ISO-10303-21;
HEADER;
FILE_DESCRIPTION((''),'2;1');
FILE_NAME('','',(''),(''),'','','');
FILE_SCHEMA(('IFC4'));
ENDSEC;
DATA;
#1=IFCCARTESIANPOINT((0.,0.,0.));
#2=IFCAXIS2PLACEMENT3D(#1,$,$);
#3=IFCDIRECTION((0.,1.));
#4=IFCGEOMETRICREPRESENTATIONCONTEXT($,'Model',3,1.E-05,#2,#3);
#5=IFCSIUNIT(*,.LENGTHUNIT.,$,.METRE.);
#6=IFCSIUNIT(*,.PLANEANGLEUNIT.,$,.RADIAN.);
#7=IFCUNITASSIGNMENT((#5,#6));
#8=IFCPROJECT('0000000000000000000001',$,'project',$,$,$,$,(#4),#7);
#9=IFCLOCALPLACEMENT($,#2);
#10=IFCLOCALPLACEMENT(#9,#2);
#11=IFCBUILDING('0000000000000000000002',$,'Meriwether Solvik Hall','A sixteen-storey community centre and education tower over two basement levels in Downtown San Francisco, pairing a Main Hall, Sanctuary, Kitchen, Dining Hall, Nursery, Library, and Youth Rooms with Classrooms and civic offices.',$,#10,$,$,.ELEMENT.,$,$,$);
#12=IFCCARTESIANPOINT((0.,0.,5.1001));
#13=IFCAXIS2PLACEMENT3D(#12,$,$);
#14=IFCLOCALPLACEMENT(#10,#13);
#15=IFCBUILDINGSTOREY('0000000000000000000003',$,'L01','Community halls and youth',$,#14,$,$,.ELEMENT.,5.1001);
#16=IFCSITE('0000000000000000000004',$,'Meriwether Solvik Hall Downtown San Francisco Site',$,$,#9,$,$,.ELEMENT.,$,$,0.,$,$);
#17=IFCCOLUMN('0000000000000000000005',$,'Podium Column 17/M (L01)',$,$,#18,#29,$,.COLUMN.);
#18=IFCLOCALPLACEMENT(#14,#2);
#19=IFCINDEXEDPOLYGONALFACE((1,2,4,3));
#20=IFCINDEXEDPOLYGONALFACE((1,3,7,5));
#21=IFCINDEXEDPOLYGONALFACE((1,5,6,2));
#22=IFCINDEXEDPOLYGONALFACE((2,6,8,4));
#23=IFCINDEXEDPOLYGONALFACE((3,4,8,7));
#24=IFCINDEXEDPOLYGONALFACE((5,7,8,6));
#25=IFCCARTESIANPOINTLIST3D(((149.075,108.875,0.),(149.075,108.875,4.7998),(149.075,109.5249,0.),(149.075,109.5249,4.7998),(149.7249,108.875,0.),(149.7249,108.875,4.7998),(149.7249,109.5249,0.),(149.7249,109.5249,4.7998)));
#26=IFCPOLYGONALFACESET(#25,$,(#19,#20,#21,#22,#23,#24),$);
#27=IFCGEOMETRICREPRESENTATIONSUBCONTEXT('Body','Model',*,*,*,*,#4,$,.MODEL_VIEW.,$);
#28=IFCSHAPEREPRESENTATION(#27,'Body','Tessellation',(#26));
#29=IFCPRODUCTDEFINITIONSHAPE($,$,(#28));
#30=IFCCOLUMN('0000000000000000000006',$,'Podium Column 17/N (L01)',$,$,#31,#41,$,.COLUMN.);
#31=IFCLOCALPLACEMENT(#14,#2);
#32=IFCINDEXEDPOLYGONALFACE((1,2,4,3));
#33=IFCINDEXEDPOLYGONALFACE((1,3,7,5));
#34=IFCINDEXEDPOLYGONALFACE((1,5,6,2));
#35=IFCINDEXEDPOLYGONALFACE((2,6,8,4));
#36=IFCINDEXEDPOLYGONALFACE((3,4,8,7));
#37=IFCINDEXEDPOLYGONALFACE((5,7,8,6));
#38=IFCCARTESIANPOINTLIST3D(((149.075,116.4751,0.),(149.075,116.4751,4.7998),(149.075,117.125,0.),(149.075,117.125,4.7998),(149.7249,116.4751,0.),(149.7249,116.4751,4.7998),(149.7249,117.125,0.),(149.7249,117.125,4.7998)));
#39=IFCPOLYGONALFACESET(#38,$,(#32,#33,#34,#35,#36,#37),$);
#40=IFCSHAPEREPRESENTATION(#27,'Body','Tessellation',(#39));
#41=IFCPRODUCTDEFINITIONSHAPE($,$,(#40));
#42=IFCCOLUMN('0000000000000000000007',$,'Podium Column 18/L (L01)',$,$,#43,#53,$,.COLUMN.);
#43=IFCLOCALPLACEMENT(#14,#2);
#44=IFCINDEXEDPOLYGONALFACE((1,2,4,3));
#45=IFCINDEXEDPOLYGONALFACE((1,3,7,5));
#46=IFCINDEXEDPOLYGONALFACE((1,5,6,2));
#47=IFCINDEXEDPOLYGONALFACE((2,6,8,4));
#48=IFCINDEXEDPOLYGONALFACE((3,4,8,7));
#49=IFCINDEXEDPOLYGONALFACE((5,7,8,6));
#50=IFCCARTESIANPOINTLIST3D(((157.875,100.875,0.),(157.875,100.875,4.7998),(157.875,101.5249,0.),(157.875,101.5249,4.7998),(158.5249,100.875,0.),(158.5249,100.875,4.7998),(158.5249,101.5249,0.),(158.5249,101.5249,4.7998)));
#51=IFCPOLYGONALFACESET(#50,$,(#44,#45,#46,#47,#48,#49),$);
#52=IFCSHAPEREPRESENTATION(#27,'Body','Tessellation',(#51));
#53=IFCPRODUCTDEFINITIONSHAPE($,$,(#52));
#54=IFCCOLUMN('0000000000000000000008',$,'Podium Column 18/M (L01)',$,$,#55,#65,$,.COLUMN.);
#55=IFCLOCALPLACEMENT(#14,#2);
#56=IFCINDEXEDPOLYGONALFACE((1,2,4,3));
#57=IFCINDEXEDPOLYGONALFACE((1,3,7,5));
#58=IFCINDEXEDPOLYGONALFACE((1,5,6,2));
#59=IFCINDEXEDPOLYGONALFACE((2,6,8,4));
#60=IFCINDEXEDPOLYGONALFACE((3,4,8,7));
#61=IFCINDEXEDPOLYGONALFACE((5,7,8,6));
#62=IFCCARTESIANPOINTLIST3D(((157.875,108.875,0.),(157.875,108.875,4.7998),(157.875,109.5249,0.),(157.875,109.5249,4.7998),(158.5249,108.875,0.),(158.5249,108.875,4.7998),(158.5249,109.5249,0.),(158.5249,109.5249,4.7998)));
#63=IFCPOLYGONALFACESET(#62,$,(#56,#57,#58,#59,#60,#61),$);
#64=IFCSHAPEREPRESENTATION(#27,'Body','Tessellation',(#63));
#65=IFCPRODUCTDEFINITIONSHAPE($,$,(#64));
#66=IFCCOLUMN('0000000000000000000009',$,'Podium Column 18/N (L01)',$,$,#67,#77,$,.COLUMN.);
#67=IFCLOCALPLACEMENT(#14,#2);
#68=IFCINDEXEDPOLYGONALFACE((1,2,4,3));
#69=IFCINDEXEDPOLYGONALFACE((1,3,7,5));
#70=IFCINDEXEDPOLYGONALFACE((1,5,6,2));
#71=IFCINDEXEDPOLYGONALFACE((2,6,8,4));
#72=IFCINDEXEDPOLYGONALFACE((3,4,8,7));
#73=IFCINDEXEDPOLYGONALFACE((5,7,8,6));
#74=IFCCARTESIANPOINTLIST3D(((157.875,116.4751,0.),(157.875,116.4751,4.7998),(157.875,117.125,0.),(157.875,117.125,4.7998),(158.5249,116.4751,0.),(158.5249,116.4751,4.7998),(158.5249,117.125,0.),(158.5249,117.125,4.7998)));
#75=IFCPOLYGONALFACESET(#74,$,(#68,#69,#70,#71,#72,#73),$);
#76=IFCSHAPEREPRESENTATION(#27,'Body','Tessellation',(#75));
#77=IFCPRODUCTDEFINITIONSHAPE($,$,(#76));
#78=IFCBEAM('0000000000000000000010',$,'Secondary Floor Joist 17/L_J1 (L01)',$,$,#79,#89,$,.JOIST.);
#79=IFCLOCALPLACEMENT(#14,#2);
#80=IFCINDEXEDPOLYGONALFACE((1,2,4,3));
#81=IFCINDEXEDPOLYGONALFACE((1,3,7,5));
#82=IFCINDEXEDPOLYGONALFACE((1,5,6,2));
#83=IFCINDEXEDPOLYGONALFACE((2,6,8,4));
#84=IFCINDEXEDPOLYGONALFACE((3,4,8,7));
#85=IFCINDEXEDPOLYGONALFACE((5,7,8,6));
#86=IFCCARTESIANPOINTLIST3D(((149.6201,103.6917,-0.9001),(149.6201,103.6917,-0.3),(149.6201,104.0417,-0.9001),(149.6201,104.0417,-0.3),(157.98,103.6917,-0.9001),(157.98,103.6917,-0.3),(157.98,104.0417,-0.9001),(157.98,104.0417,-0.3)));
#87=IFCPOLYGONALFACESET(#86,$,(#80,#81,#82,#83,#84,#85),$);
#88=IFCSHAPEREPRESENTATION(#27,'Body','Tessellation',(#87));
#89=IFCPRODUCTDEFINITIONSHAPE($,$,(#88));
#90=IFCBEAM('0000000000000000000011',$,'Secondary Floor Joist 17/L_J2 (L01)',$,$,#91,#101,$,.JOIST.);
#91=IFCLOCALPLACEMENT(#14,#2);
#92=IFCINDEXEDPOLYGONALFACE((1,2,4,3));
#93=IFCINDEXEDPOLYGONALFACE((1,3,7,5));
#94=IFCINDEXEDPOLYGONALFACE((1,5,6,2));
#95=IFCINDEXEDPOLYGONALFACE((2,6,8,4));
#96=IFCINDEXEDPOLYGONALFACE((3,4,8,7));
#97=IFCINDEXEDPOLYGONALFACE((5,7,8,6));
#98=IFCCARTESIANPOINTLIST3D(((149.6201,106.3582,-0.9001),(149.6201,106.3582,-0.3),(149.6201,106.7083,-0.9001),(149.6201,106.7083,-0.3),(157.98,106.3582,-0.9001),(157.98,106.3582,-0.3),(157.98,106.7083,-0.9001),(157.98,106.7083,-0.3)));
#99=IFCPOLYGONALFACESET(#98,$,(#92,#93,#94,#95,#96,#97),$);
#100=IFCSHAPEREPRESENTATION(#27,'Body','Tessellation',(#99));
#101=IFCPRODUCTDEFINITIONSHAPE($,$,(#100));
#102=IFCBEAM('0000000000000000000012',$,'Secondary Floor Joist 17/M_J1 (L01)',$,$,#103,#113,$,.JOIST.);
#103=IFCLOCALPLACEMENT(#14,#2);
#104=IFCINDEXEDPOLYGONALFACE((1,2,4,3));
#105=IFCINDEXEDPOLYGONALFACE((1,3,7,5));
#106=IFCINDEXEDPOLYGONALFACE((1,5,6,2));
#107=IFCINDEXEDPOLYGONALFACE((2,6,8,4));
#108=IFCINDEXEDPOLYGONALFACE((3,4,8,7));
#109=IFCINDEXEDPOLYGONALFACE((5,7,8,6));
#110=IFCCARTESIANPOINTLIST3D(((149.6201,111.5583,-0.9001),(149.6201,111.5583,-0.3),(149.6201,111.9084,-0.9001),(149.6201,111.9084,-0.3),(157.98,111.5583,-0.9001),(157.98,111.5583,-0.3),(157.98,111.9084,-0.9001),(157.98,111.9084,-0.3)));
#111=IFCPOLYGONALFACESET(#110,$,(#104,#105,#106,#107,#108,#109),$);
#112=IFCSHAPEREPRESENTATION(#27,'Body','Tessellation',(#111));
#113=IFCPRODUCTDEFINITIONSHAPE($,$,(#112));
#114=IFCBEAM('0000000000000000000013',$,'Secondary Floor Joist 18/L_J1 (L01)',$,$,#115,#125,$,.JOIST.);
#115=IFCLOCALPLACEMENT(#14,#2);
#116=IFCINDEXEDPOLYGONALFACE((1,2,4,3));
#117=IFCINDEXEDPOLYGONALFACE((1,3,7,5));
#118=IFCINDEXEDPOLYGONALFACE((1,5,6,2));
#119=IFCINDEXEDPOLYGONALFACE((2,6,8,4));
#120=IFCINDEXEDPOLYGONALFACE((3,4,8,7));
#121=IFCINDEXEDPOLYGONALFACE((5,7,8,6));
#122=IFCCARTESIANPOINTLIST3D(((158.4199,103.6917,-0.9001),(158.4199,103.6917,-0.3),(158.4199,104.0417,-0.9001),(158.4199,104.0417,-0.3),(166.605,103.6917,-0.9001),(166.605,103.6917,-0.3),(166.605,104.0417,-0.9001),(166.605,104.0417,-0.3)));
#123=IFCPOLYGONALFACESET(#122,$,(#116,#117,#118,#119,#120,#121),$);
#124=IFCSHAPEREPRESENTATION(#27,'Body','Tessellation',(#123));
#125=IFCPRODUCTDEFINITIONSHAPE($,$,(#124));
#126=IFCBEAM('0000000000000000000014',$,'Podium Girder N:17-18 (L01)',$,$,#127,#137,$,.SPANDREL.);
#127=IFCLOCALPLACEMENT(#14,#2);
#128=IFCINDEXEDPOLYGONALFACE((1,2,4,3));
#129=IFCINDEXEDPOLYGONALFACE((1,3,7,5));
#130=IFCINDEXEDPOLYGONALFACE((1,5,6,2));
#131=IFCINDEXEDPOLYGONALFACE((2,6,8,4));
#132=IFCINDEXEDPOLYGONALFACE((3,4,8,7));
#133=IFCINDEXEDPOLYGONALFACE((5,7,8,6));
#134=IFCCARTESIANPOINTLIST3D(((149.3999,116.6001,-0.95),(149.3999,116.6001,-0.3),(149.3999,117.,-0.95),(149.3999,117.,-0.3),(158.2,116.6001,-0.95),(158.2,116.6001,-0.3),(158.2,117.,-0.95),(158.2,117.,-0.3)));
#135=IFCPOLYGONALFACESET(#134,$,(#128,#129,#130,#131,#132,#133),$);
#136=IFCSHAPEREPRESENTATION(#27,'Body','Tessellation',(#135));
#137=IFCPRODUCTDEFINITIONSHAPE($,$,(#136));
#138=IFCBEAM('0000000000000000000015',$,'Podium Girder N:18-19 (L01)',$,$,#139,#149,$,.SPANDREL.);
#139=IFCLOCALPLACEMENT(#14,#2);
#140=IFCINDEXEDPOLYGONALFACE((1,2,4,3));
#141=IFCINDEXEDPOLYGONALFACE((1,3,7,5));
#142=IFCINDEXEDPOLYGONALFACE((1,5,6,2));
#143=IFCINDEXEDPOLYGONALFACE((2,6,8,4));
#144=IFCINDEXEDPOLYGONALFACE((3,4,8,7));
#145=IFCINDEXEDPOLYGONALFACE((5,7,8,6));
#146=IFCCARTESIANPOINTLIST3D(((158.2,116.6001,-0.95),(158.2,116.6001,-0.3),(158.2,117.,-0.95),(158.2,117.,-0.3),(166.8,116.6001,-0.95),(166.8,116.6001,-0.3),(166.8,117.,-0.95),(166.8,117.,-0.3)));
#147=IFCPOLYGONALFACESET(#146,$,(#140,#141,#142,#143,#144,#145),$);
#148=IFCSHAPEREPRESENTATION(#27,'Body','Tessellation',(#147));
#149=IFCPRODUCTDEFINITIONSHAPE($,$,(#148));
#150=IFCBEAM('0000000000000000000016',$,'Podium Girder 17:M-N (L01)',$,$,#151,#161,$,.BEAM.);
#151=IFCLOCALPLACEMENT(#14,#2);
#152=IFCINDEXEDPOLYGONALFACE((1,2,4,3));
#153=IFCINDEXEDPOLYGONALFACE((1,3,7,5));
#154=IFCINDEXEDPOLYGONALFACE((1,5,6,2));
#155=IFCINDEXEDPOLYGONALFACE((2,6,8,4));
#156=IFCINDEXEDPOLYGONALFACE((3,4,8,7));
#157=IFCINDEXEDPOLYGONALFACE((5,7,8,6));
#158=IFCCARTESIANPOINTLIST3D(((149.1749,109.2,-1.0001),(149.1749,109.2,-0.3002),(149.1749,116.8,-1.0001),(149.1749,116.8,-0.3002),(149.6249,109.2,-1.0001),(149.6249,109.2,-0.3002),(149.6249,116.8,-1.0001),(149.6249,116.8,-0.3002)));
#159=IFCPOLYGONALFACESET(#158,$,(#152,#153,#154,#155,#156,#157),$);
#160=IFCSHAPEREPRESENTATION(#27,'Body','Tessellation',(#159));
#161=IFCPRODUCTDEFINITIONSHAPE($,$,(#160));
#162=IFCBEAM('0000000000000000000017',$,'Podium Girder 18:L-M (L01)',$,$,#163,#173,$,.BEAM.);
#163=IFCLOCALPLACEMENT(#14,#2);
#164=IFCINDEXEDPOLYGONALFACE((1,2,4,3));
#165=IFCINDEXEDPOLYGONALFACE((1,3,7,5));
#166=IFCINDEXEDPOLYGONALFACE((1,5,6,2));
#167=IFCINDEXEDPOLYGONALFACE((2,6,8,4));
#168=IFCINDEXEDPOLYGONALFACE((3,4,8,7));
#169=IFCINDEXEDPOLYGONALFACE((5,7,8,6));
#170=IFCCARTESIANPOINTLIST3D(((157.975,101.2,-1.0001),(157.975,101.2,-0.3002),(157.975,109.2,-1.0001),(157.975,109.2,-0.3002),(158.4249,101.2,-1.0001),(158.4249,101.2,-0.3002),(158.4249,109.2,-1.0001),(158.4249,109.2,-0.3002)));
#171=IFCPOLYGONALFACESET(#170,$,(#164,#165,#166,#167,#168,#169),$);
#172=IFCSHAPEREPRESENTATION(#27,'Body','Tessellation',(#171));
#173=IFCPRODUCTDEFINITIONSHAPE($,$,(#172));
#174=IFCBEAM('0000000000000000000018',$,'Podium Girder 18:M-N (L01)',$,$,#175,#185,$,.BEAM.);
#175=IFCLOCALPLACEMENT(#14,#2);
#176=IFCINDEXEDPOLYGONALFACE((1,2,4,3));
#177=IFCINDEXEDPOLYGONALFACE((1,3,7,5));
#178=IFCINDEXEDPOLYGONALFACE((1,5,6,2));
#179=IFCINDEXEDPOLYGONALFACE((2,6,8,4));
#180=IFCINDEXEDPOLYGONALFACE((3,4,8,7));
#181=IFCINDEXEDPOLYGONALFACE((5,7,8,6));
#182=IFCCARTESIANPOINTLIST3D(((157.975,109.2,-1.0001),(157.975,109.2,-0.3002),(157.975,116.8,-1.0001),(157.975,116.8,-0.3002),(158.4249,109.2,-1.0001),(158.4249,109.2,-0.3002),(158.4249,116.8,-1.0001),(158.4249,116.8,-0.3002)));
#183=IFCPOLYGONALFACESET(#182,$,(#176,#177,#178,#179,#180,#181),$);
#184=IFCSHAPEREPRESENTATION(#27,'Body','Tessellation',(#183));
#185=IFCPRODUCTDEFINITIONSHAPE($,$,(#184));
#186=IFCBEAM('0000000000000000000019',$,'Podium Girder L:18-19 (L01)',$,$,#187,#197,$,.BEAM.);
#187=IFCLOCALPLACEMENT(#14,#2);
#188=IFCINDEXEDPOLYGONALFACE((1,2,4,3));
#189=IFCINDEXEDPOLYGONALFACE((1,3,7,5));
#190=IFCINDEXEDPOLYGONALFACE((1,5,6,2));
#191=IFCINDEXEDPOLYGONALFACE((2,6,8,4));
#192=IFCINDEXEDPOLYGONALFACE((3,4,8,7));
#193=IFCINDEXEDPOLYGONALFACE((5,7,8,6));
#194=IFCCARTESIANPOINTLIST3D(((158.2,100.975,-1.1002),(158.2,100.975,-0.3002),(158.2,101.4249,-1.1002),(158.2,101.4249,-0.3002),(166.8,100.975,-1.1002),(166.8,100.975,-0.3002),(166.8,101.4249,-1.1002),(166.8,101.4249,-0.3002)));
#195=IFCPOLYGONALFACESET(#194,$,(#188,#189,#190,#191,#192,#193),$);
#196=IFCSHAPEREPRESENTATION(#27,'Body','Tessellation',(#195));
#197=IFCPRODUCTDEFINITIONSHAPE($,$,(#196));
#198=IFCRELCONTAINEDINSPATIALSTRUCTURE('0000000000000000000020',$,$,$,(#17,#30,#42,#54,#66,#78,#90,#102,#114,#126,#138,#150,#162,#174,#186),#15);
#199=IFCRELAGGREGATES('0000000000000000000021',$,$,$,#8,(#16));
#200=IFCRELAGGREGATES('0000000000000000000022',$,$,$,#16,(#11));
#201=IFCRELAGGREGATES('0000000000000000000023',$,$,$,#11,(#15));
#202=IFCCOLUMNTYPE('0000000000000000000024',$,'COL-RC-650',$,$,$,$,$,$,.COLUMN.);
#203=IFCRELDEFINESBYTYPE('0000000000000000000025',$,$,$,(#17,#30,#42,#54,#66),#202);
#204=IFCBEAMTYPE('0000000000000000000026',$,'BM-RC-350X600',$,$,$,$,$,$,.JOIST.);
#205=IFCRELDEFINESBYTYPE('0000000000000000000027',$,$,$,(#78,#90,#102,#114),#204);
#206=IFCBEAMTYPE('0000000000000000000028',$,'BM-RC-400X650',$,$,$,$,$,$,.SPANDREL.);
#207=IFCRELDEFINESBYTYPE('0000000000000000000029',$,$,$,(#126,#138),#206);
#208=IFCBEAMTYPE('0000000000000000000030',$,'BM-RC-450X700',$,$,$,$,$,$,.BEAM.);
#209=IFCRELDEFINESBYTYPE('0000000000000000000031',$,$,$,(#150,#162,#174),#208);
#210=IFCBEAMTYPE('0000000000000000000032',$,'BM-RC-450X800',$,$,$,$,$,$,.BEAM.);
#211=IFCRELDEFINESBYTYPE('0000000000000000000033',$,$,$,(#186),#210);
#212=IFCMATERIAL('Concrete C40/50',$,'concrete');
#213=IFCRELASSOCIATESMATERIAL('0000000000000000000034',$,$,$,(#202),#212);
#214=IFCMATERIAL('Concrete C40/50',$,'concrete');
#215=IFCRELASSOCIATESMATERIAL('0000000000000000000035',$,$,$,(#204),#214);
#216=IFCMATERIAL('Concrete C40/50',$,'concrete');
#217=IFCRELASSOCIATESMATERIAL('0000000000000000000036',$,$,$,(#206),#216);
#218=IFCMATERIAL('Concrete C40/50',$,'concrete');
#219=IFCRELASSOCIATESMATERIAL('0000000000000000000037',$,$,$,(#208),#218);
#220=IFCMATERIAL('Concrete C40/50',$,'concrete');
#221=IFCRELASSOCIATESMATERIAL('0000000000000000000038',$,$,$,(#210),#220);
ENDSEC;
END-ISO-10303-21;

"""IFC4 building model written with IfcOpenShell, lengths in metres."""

from ifc_helpers import new_model, si_unit, direction, frame, origin, origin_2d, place, context, subcontext, project, spatial, rectangle, extrude, material, material_profile, profile_set, type_object, element, save


model = new_model("IFC4")

# Units and contexts
model_context = context("Model", 3, precision=1e-05, world=origin(), true_north=direction((0.0, 1.0)))
body_context = subcontext(model_context, "Body", "Model", "MODEL_VIEW")
ifc_project = project(units=[si_unit("LENGTHUNIT", "METRE"), si_unit("PLANEANGLEUNIT", "RADIAN")], contexts=[model_context])

# Site, building, storey
site_placement = place(None, origin())
site = spatial("IfcSite", under=ifc_project, at=site_placement, Name="Meriwether Solvik Hall Downtown San Francisco Site", CompositionType="ELEMENT", RefElevation=0.0)
building_placement = place(site_placement, origin())
building = spatial("IfcBuilding", under=site, at=building_placement, Name="Meriwether Solvik Hall", Description="A sixteen-storey community centre and education tower over two basement levels in Downtown San Francisco, pairing a Main Hall, Sanctuary, Kitchen, Dining Hall, Nursery, Library, and Youth Rooms with Classrooms and civic offices.", CompositionType="ELEMENT")
storey_placement = place(building_placement, frame((0.0, 0.0, 5.1001)))
storey = spatial("IfcBuildingStorey", under=building, at=storey_placement, Name="L01", Description="Community halls and youth", CompositionType="ELEMENT", Elevation=5.1001)

# Columns
ifc_material_1 = material(Name="Concrete C40/50", Category="concrete")
ifc_material_profile_1 = material_profile(ifc_material_1, rectangle(XDim=0.6499, YDim=0.6499, at=origin_2d()), Name="RCC-650X650")
ifc_profile_set_1 = profile_set([ifc_material_profile_1], Name="Concrete C40/50")
column_type = type_object("IfcColumnType", Name="COL-RC-650", PredefinedType="COLUMN", material=ifc_profile_set_1)
for number, where, z_axis, x_axis, name in (
    (1, (149.3999, 109.2, 0.0), (0.0, 0.0, 1.0), (1.0, 0.0, 0.0), "Podium Column 17/M (L01)"),
    (2, (149.3999, 116.8, 0.0), (0.0, 0.0, 1.0), (1.0, 0.0, 0.0), "Podium Column 17/N (L01)"),
    (3, (158.2, 101.2, 0.0), (0.0, 0.0, 1.0), (1.0, 0.0, 0.0), "Podium Column 18/L (L01)"),
    (4, (158.2, 109.2, 0.0), (0.0, 0.0, 1.0), (1.0, 0.0, 0.0), "Podium Column 18/M (L01)"),
    (5, (158.2, 116.8, 0.0), (0.0, 0.0, 1.0), (1.0, 0.0, 0.0), "Podium Column 18/N (L01)"),
):
    element("IfcColumn", number, at=place(storey_placement, frame(where, z_axis=z_axis, x_axis=x_axis)), inside=storey, type_object=column_type, Name=name, PredefinedType="COLUMN", context=body_context, shape_type="SweptSolid", body=[
        extrude(rectangle(XDim=0.6499, YDim=0.6499, at=origin_2d()), origin(), (0.0, 0.0, 1.0), 4.7998),
    ])

# Beams
ifc_material_2 = material(Name="Concrete C40/50", Category="concrete")
ifc_material_profile_2 = material_profile(ifc_material_2, rectangle(XDim=0.3501, YDim=0.6001, at=origin_2d()), Name="RCB-350X600")
ifc_profile_set_2 = profile_set([ifc_material_profile_2], Name="Concrete C40/50")
beam_type_1 = type_object("IfcBeamType", Name="BM-RC-350X600", PredefinedType="JOIST", material=ifc_profile_set_2)
for number, where, z_axis, x_axis, name in (
    (6, (149.6201, 103.8667, -0.6001), (1.0, 0.0, 0.0), (0.0, 1.0, 0.0), "Secondary Floor Joist 17/L_J1 (L01)"),
    (7, (149.6201, 106.5332, -0.6001), (1.0, 0.0, 0.0), (0.0, 1.0, 0.0), "Secondary Floor Joist 17/L_J2 (L01)"),
    (8, (149.6201, 111.7334, -0.6001), (1.0, 0.0, 0.0), (0.0, 1.0, 0.0), "Secondary Floor Joist 17/M_J1 (L01)"),
):
    element("IfcBeam", number, at=place(storey_placement, frame(where, z_axis=z_axis, x_axis=x_axis)), inside=storey, type_object=beam_type_1, Name=name, PredefinedType="JOIST", context=body_context, shape_type="SweptSolid", body=[
        extrude(rectangle(XDim=0.3501, YDim=0.6001, at=origin_2d()), origin(), (0.0, 0.0, 1.0), 8.3599),
    ])
beam_1_placement = place(storey_placement, frame((158.4199, 103.8667, -0.6001), z_axis=(1.0, 0.0, 0.0), x_axis=(0.0, 1.0, 0.0)))
element("IfcBeam", 9, at=beam_1_placement, inside=storey, type_object=beam_type_1, Name="Secondary Floor Joist 18/L_J1 (L01)", PredefinedType="JOIST", context=body_context, shape_type="SweptSolid", body=[
    extrude(rectangle(XDim=0.3501, YDim=0.6001, at=origin_2d()), origin(), (0.0, 0.0, 1.0), 8.1851),
])
ifc_material_3 = material(Name="Concrete C40/50", Category="concrete")
ifc_material_profile_3 = material_profile(ifc_material_3, rectangle(XDim=0.3999, YDim=0.6499, at=origin_2d()), Name="RCB-400X650")
ifc_profile_set_3 = profile_set([ifc_material_profile_3], Name="Concrete C40/50")
beam_type_2 = type_object("IfcBeamType", Name="BM-RC-400X650", PredefinedType="SPANDREL", material=ifc_profile_set_3)
beam_2_placement = place(storey_placement, frame((149.3999, 116.8, -0.625), z_axis=(1.0, 0.0, 0.0), x_axis=(0.0, 1.0, 0.0)))
element("IfcBeam", 10, at=beam_2_placement, inside=storey, type_object=beam_type_2, Name="Podium Girder N:17-18 (L01)", PredefinedType="SPANDREL", context=body_context, shape_type="SweptSolid", body=[
    extrude(rectangle(XDim=0.3999, YDim=0.6499, at=origin_2d()), origin(), (0.0, 0.0, 1.0), 8.8),
])
beam_3_placement = place(storey_placement, frame((158.2, 116.8, -0.625), z_axis=(1.0, 0.0, 0.0), x_axis=(0.0, 1.0, 0.0)))
element("IfcBeam", 11, at=beam_3_placement, inside=storey, type_object=beam_type_2, Name="Podium Girder N:18-19 (L01)", PredefinedType="SPANDREL", context=body_context, shape_type="SweptSolid", body=[
    extrude(rectangle(XDim=0.3999, YDim=0.6499, at=origin_2d()), origin(), (0.0, 0.0, 1.0), 8.6001),
])
ifc_material_4 = material(Name="Concrete C40/50", Category="concrete")
ifc_material_profile_4 = material_profile(ifc_material_4, rectangle(XDim=0.45, YDim=0.7, at=origin_2d()), Name="RCB-450X700")
ifc_profile_set_4 = profile_set([ifc_material_profile_4], Name="Concrete C40/50")
beam_type_3 = type_object("IfcBeamType", Name="BM-RC-450X700", PredefinedType="BEAM", material=ifc_profile_set_4)
beam_4_placement = place(storey_placement, frame((149.3999, 109.2, -0.6501), z_axis=(0.0, 1.0, 0.0), x_axis=(-1.0, 0.0, 0.0)))
element("IfcBeam", 12, at=beam_4_placement, inside=storey, type_object=beam_type_3, Name="Podium Girder 17:M-N (L01)", PredefinedType="BEAM", context=body_context, shape_type="SweptSolid", body=[
    extrude(rectangle(XDim=0.45, YDim=0.7, at=origin_2d()), origin(), (0.0, 0.0, 1.0), 7.6001),
])
beam_5_placement = place(storey_placement, frame((158.2, 101.2, -0.6501), z_axis=(0.0, 1.0, 0.0), x_axis=(-1.0, 0.0, 0.0)))
element("IfcBeam", 13, at=beam_5_placement, inside=storey, type_object=beam_type_3, Name="Podium Girder 18:L-M (L01)", PredefinedType="BEAM", context=body_context, shape_type="SweptSolid", body=[
    extrude(rectangle(XDim=0.45, YDim=0.7, at=origin_2d()), origin(), (0.0, 0.0, 1.0), 8.0),
])
beam_6_placement = place(storey_placement, frame((158.2, 109.2, -0.6501), z_axis=(0.0, 1.0, 0.0), x_axis=(-1.0, 0.0, 0.0)))
element("IfcBeam", 14, at=beam_6_placement, inside=storey, type_object=beam_type_3, Name="Podium Girder 18:M-N (L01)", PredefinedType="BEAM", context=body_context, shape_type="SweptSolid", body=[
    extrude(rectangle(XDim=0.45, YDim=0.7, at=origin_2d()), origin(), (0.0, 0.0, 1.0), 7.6001),
])
ifc_material_5 = material(Name="Concrete C40/50", Category="concrete")
ifc_material_profile_5 = material_profile(ifc_material_5, rectangle(XDim=0.45, YDim=0.8, at=origin_2d()), Name="RCB-450X800")
ifc_profile_set_5 = profile_set([ifc_material_profile_5], Name="Concrete C40/50")
beam_type_4 = type_object("IfcBeamType", Name="BM-RC-450X800", PredefinedType="BEAM", material=ifc_profile_set_5)
beam_7_placement = place(storey_placement, frame((158.2, 101.2, -0.7002), z_axis=(1.0, 0.0, 0.0), x_axis=(0.0, 1.0, 0.0)))
element("IfcBeam", 15, at=beam_7_placement, inside=storey, type_object=beam_type_4, Name="Podium Girder L:18-19 (L01)", PredefinedType="BEAM", context=body_context, shape_type="SweptSolid", body=[
    extrude(rectangle(XDim=0.45, YDim=0.8, at=origin_2d()), origin(), (0.0, 0.0, 1.0), 8.6001),
])

save(model, "model.ifc")
